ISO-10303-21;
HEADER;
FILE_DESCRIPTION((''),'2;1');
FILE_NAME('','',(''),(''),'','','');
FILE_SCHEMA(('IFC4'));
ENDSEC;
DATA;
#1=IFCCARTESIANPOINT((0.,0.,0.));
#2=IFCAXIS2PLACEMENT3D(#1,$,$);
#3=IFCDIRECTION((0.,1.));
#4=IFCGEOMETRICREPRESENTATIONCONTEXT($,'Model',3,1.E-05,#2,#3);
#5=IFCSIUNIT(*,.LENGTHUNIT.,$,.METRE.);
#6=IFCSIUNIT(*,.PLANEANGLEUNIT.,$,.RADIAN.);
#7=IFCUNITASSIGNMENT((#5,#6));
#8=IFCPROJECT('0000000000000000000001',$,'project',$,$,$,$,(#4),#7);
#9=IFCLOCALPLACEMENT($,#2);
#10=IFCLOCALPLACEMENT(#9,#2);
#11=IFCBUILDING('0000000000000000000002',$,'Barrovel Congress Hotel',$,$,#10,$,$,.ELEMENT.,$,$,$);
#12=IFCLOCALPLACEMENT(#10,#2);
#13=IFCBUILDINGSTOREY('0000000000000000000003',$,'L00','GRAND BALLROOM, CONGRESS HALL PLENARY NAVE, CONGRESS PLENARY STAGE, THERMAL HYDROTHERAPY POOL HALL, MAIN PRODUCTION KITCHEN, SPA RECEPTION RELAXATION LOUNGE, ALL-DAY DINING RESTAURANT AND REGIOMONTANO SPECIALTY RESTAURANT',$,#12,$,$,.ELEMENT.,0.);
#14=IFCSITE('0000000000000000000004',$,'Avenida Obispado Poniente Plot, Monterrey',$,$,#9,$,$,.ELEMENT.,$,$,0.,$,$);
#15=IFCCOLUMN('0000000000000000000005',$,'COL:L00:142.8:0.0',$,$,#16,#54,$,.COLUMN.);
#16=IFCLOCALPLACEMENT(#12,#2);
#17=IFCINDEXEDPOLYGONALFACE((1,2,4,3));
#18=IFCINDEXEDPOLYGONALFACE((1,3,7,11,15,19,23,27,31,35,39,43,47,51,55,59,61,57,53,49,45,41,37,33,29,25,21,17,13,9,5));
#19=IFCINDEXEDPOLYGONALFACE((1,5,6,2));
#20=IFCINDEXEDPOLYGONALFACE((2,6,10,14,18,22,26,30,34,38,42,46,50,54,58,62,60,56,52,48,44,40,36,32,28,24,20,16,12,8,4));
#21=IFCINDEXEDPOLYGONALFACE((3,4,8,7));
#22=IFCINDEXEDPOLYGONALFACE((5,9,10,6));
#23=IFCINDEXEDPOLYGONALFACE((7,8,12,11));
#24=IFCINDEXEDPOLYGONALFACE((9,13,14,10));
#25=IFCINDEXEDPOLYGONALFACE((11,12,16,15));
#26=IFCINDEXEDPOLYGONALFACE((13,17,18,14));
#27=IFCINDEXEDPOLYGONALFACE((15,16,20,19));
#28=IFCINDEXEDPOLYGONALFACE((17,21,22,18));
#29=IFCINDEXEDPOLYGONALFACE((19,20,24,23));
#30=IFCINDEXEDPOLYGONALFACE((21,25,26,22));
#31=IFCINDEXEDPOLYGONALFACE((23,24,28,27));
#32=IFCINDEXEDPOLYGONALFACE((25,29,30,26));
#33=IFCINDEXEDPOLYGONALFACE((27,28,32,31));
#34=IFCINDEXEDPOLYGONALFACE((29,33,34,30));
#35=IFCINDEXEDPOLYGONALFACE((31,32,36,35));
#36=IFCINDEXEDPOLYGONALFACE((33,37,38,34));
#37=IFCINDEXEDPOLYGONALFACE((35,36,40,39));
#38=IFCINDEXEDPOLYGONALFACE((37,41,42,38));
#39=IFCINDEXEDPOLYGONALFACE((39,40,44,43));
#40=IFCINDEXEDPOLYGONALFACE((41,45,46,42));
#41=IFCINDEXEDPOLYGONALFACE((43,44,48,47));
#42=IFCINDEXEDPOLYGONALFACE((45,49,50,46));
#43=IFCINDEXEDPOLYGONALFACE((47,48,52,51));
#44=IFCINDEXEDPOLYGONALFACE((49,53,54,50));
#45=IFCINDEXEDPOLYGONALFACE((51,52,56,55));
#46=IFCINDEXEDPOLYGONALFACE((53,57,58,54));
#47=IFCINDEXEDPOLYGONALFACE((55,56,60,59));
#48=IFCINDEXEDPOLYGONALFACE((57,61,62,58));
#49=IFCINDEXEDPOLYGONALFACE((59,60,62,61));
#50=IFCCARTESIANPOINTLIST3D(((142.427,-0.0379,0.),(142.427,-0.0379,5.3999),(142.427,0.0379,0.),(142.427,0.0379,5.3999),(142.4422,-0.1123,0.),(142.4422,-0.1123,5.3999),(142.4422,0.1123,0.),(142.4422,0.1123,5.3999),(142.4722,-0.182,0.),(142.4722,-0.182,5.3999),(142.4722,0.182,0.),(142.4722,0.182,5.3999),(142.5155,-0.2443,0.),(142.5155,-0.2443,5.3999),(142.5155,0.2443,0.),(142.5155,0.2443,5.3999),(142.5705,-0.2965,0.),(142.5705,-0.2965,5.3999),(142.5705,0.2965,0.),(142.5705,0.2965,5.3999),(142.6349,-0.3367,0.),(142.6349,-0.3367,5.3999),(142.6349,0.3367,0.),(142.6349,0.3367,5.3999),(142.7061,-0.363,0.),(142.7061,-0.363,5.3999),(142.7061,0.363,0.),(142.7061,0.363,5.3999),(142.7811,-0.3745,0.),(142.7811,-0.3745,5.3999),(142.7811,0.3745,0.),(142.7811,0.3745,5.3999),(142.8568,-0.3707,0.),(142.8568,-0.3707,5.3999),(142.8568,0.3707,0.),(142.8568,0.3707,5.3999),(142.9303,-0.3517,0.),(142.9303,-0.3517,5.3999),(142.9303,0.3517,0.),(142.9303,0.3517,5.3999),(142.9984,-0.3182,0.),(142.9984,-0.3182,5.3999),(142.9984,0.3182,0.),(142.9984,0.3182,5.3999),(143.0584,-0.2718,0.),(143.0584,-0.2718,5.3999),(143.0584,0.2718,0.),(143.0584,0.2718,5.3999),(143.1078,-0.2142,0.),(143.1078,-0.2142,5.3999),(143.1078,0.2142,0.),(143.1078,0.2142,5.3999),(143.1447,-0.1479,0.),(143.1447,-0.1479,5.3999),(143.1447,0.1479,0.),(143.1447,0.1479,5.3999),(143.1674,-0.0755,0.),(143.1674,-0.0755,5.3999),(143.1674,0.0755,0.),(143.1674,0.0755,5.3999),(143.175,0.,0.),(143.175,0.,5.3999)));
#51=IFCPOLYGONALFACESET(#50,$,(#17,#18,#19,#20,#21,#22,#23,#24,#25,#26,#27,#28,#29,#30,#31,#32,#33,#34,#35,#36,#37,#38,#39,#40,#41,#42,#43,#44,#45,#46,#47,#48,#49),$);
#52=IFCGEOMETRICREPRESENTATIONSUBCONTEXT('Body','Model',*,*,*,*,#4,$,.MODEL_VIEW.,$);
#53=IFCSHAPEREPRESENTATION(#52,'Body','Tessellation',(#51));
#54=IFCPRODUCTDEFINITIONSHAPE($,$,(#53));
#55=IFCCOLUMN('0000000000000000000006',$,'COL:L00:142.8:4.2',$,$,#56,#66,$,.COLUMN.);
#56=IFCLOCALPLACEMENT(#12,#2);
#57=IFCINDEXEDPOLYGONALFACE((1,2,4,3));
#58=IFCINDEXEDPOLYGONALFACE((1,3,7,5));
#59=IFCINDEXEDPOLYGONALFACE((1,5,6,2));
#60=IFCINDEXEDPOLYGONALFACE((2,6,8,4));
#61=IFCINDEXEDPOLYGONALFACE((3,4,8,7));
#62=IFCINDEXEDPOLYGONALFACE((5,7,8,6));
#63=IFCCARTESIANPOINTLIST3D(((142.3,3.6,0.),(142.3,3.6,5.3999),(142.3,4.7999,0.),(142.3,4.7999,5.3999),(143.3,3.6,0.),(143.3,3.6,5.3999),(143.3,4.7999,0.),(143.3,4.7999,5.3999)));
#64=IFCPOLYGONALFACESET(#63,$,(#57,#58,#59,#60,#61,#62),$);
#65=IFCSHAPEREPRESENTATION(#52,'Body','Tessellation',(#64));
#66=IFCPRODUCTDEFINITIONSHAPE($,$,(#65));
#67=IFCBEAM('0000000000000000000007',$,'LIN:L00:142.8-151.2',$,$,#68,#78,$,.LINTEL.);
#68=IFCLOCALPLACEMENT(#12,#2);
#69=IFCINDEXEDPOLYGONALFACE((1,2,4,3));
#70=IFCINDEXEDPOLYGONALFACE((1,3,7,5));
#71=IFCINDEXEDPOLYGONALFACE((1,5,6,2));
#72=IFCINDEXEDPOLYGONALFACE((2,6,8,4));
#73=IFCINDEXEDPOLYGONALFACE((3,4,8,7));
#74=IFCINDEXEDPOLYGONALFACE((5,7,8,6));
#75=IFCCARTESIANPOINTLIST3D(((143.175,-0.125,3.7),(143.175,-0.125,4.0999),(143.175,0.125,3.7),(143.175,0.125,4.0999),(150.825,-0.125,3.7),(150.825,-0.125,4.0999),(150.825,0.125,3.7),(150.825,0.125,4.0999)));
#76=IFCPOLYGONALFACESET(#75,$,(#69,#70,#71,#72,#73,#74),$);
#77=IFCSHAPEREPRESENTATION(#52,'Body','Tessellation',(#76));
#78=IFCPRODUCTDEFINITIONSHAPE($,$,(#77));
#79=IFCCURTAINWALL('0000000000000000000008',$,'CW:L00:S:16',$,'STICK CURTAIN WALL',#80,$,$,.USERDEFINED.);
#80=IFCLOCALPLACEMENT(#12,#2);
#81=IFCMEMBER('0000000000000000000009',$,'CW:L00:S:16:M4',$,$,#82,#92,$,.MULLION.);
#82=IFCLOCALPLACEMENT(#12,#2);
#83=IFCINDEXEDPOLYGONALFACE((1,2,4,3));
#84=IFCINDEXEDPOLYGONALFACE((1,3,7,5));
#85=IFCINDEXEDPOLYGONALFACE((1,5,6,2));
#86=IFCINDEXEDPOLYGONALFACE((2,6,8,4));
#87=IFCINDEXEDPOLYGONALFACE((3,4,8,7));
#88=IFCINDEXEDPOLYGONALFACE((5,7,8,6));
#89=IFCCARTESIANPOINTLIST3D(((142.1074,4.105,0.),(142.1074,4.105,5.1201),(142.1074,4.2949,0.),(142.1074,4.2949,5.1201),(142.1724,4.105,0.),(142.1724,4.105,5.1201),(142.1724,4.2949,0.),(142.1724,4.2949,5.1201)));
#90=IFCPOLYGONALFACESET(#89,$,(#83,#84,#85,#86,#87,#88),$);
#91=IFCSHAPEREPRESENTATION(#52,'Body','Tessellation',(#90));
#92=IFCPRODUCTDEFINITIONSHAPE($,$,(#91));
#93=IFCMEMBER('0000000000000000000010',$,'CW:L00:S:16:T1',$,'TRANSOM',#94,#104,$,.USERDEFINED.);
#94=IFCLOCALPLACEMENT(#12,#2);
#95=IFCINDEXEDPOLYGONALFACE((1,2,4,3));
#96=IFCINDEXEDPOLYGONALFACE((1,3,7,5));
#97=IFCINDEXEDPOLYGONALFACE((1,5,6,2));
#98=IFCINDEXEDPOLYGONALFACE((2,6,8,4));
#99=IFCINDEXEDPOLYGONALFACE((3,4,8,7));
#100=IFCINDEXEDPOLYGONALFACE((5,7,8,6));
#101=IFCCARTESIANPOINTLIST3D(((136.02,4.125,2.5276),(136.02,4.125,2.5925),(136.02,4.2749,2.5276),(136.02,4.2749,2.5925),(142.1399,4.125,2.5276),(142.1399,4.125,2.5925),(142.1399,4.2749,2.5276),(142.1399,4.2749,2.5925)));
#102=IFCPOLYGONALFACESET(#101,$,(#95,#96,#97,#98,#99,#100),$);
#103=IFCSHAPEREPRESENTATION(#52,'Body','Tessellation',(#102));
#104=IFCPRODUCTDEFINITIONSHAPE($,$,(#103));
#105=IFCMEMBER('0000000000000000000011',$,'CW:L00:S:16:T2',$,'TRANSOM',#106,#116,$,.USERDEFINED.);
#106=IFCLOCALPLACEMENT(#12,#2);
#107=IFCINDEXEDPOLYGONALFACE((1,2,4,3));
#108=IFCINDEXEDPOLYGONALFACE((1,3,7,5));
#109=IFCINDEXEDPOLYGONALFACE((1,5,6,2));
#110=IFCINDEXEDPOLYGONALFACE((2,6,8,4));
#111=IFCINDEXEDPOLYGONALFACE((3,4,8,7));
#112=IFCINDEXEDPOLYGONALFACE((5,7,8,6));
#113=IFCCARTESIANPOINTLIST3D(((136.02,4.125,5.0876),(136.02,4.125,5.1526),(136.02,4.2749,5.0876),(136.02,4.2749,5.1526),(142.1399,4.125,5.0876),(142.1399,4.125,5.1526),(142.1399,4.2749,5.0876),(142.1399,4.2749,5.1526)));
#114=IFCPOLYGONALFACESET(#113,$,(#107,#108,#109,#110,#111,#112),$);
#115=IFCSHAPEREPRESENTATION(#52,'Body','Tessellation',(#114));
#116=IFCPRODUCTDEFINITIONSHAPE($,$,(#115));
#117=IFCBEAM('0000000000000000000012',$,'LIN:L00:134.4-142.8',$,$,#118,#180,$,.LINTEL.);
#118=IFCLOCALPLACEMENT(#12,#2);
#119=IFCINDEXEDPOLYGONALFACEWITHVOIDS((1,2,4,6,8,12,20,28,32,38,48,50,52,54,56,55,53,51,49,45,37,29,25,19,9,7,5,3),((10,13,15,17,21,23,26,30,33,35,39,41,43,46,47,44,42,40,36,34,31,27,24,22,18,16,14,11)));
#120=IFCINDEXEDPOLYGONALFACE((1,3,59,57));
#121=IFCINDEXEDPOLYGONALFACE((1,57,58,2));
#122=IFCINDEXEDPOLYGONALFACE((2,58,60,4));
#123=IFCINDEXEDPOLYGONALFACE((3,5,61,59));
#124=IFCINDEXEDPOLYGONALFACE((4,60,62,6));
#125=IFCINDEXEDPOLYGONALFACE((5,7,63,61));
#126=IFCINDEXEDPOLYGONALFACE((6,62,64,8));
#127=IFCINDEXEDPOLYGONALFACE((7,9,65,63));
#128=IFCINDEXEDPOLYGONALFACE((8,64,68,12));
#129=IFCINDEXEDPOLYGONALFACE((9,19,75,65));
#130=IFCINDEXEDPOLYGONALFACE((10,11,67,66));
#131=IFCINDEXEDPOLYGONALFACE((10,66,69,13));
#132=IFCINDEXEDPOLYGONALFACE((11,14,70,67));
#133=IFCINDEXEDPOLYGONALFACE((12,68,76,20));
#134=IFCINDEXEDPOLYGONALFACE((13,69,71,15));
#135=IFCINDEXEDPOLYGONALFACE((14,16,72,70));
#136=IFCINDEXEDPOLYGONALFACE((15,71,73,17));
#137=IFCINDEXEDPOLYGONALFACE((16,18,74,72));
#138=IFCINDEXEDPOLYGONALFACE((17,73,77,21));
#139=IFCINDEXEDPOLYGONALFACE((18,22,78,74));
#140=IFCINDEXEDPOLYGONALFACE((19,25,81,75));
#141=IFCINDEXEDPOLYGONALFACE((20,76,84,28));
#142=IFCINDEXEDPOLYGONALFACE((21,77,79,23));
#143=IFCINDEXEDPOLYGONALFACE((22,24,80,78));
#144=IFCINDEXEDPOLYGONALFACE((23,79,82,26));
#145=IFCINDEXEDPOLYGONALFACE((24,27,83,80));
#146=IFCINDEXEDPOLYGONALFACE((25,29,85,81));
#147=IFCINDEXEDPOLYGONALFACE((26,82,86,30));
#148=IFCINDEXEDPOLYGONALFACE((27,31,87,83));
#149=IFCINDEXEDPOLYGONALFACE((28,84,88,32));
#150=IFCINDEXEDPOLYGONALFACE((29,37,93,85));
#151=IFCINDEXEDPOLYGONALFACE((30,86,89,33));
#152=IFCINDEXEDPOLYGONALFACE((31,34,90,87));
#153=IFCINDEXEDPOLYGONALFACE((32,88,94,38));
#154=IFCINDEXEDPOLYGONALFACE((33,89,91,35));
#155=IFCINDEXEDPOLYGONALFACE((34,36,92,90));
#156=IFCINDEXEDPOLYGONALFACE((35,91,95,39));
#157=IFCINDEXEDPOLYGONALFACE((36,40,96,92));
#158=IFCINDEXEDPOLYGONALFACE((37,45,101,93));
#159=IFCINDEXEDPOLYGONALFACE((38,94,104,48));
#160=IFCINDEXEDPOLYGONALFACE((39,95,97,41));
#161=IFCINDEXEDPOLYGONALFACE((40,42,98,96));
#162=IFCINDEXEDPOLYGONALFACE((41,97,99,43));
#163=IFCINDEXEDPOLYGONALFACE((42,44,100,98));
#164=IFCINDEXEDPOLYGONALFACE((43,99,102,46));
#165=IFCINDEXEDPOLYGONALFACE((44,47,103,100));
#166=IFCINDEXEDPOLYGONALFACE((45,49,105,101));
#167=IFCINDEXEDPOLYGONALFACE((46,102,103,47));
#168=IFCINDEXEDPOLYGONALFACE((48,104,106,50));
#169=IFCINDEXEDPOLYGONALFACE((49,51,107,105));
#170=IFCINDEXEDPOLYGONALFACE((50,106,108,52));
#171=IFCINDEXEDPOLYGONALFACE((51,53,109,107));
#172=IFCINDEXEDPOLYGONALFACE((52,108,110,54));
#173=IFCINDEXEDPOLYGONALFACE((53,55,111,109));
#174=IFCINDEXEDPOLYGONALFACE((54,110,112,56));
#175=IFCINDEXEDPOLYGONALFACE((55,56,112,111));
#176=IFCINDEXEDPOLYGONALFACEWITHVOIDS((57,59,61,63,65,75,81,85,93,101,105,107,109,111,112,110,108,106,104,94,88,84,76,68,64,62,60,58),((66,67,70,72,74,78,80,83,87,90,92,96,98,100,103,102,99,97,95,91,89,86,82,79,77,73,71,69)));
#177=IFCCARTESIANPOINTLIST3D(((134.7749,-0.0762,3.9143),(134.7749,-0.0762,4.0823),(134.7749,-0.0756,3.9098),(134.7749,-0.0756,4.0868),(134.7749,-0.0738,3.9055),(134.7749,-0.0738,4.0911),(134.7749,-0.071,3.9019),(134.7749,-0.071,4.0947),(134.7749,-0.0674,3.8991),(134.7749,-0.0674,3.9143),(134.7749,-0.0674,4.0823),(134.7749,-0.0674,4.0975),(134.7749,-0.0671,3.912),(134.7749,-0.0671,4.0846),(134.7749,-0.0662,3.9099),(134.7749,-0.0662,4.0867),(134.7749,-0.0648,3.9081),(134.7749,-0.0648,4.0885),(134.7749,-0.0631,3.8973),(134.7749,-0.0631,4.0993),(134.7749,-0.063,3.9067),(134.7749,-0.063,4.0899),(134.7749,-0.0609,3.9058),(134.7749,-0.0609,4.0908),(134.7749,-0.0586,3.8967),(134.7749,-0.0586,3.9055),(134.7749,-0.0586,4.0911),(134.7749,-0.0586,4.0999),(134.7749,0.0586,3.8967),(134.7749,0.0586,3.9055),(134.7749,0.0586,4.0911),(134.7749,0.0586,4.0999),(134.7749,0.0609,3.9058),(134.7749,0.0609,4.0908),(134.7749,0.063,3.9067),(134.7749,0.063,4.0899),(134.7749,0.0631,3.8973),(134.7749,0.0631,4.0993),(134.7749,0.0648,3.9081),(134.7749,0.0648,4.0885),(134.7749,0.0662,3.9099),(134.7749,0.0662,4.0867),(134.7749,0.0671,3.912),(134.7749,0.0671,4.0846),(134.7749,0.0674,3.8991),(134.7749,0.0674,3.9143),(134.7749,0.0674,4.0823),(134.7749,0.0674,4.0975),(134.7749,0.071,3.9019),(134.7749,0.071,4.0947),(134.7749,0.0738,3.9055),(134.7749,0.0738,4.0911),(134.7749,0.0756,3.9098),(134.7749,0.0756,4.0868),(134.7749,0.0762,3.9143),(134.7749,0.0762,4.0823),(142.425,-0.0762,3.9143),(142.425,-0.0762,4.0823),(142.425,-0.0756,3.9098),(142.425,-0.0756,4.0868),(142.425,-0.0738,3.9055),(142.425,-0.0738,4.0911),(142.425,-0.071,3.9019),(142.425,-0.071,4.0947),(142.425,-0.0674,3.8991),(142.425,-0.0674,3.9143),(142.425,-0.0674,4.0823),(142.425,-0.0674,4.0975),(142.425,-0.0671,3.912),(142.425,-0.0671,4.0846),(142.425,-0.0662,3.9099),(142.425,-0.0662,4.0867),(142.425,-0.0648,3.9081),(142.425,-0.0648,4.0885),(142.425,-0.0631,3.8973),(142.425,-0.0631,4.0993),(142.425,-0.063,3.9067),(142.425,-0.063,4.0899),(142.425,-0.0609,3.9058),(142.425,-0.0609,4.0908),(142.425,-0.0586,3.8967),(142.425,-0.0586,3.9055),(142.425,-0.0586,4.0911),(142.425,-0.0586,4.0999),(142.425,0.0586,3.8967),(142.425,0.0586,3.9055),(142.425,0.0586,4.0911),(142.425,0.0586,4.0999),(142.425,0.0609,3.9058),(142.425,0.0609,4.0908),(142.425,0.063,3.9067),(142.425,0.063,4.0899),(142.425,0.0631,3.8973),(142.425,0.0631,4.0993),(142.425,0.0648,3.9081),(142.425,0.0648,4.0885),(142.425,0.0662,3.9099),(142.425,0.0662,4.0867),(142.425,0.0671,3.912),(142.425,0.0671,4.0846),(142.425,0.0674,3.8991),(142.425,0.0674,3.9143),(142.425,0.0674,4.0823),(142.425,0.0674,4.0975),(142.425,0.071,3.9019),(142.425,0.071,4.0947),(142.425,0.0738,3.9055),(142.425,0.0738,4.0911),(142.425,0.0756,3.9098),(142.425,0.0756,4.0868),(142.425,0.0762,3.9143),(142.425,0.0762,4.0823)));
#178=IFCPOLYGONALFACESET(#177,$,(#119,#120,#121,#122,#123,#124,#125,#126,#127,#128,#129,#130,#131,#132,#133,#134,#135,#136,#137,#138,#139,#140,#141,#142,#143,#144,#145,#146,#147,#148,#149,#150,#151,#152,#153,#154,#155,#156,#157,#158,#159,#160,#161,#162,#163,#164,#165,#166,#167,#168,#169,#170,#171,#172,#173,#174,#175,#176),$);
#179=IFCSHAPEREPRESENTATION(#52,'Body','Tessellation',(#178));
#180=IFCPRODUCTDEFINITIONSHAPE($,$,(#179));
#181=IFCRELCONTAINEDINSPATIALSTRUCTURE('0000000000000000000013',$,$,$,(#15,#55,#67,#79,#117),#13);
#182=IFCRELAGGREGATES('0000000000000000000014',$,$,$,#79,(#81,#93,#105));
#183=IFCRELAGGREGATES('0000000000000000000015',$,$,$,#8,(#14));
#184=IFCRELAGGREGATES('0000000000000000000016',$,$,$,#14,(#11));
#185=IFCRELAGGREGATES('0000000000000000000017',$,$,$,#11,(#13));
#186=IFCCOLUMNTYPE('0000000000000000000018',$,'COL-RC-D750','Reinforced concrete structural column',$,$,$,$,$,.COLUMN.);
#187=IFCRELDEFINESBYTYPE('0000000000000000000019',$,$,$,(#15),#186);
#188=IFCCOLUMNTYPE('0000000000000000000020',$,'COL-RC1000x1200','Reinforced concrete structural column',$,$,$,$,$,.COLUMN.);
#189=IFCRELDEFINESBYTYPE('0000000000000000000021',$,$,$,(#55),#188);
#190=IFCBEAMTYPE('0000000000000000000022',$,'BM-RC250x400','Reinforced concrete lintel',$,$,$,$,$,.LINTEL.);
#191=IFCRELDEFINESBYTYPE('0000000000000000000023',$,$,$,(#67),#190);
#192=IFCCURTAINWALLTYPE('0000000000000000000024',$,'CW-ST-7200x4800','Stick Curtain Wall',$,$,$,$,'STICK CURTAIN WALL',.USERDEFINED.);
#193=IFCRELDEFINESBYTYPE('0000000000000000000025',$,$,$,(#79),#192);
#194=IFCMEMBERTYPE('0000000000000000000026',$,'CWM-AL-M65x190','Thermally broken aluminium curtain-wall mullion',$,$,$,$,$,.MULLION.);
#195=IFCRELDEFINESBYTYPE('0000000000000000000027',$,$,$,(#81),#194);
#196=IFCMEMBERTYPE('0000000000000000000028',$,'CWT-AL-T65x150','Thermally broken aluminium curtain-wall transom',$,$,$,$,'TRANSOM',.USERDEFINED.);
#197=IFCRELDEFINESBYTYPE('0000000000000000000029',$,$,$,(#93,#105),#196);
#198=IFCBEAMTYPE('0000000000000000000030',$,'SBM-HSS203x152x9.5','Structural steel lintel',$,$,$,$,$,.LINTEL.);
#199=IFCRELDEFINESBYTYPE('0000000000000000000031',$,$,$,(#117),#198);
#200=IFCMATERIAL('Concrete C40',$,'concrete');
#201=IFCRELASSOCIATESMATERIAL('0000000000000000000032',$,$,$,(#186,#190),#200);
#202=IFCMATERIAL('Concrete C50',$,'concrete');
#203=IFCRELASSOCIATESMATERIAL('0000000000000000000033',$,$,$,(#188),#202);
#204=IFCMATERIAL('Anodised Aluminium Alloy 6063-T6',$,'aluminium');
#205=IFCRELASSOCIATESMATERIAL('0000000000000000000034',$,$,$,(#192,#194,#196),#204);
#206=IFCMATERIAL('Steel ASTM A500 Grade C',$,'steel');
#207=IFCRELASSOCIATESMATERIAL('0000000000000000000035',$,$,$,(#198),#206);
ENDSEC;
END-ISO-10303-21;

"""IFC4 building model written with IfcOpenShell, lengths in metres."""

from ifc_helpers import new_model, si_unit, direction, frame, origin, origin_2d, place, context, subcontext, project, spatial, rectangle, hollow_rectangle, circle, extrude, material, material_profile, profile_set, type_object, element, aggregate, save


model = new_model("IFC4")

# Units and contexts
model_context = context("Model", 3, precision=1e-05, world=origin(), true_north=direction((0.0, 1.0)))
body_context = subcontext(model_context, "Body", "Model", "MODEL_VIEW")
ifc_project = project(units=[si_unit("LENGTHUNIT", "METRE"), si_unit("PLANEANGLEUNIT", "RADIAN")], contexts=[model_context])

# Site, building, storey
site_placement = place(None, origin())
site = spatial("IfcSite", under=ifc_project, at=site_placement, Name="Avenida Obispado Poniente Plot, Monterrey", CompositionType="ELEMENT", RefElevation=0.0)
building_placement = place(site_placement, origin())
building = spatial("IfcBuilding", under=site, at=building_placement, Name="Barrovel Congress Hotel", CompositionType="ELEMENT")
storey_placement = place(building_placement, origin())
storey = spatial("IfcBuildingStorey", under=building, at=storey_placement, Name="L00", Description="GRAND BALLROOM, CONGRESS HALL PLENARY NAVE, CONGRESS PLENARY STAGE, THERMAL HYDROTHERAPY POOL HALL, MAIN PRODUCTION KITCHEN, SPA RECEPTION RELAXATION LOUNGE, ALL-DAY DINING RESTAURANT AND REGIOMONTANO SPECIALTY RESTAURANT", CompositionType="ELEMENT", Elevation=0.0)

# Columns
ifc_material_1 = material(Name="Concrete C40", Category="concrete")
ifc_material_profile_1 = material_profile(ifc_material_1, circle(Radius=0.375, at=origin_2d()), Name="RC-D750")
ifc_profile_set_1 = profile_set([ifc_material_profile_1], Name="Concrete C40")
column_type_1 = type_object("IfcColumnType", Name="COL-RC-D750", Description="Reinforced concrete structural column", PredefinedType="COLUMN", material=ifc_profile_set_1)
column_1_placement = place(storey_placement, frame((142.8, 0.0, 0.0), z_axis=(0.0, 0.0, 1.0), x_axis=(1.0, 0.0, 0.0)))
element("IfcColumn", 1, at=column_1_placement, inside=storey, type_object=column_type_1, Name="COL:L00:142.8:0.0", PredefinedType="COLUMN", context=body_context, shape_type="SweptSolid", body=[
    extrude(circle(Radius=0.375, at=origin_2d()), origin(), (0.0, 0.0, 1.0), 5.3999),
])
ifc_material_2 = material(Name="Concrete C50", Category="concrete")
ifc_material_profile_2 = material_profile(ifc_material_2, rectangle(XDim=1.0, YDim=1.2, at=origin_2d()), Name="RC1000x1200")
ifc_profile_set_2 = profile_set([ifc_material_profile_2], Name="Concrete C50")
column_type_2 = type_object("IfcColumnType", Name="COL-RC1000x1200", Description="Reinforced concrete structural column", PredefinedType="COLUMN", material=ifc_profile_set_2)
column_2_placement = place(storey_placement, frame((142.8, 4.2, 0.0), z_axis=(0.0, 0.0, 1.0), x_axis=(1.0, 0.0, 0.0)))
element("IfcColumn", 2, at=column_2_placement, inside=storey, type_object=column_type_2, Name="COL:L00:142.8:4.2", PredefinedType="COLUMN", context=body_context, shape_type="SweptSolid", body=[
    extrude(rectangle(XDim=1.0, YDim=1.2, at=origin_2d()), origin(), (0.0, 0.0, 1.0), 5.3999),
])

# Beam
ifc_material_profile_3 = material_profile(ifc_material_1, rectangle(XDim=0.25, YDim=0.3999, at=origin_2d()), Name="RC250x400")
ifc_profile_set_3 = profile_set([ifc_material_profile_3], Name="Concrete C40")
beam_type_1 = type_object("IfcBeamType", Name="BM-RC250x400", Description="Reinforced concrete lintel", PredefinedType="LINTEL", material=ifc_profile_set_3)
beam_1_placement = place(storey_placement, frame((143.175, 0.0, 3.8999), z_axis=(1.0, 0.0, 0.0), x_axis=(0.0, 1.0, 0.0)))
element("IfcBeam", 3, at=beam_1_placement, inside=storey, type_object=beam_type_1, Name="LIN:L00:142.8-151.2", PredefinedType="LINTEL", context=body_context, shape_type="SweptSolid", body=[
    extrude(rectangle(XDim=0.25, YDim=0.3999, at=origin_2d()), origin(), (0.0, 0.0, 1.0), 7.6499),
])

# Curtain wall, members
ifc_material_3 = material(Name="Anodised Aluminium Alloy 6063-T6", Category="aluminium")
curtain_wall_type = type_object("IfcCurtainWallType", Name="CW-ST-7200x4800", Description="Stick Curtain Wall", ElementType="STICK CURTAIN WALL", PredefinedType="USERDEFINED", material=ifc_material_3)
curtain_wall_placement = place(storey_placement, origin())
curtain_wall = element("IfcCurtainWall", 4, at=curtain_wall_placement, inside=storey, type_object=curtain_wall_type, Name="CW:L00:S:16", ObjectType="STICK CURTAIN WALL", PredefinedType="USERDEFINED")
ifc_material_profile_4 = material_profile(ifc_material_3, rectangle(XDim=0.0649, YDim=0.1899, at=origin_2d()), Name="AL-M65x190")
ifc_profile_set_4 = profile_set([ifc_material_profile_4], Name="Anodised Aluminium Alloy 6063-T6")
member_type_1 = type_object("IfcMemberType", Name="CWM-AL-M65x190", Description="Thermally broken aluminium curtain-wall mullion", PredefinedType="MULLION", material=ifc_profile_set_4)
member_1_placement = place(storey_placement, frame((142.1399, 4.2, 0.0), z_axis=(0.0, 0.0, 1.0), x_axis=(1.0, 0.0, 0.0)))
member_1 = element("IfcMember", 5, at=member_1_placement, type_object=member_type_1, Name="CW:L00:S:16:M4", PredefinedType="MULLION", context=body_context, shape_type="SweptSolid", body=[
    extrude(rectangle(XDim=0.0649, YDim=0.1899, at=origin_2d()), origin(), (0.0, 0.0, 1.0), 5.1201),
])
ifc_material_profile_5 = material_profile(ifc_material_3, rectangle(XDim=0.1499, YDim=0.0649, at=origin_2d()), Name="AL-T65x150")
ifc_profile_set_5 = profile_set([ifc_material_profile_5], Name="Anodised Aluminium Alloy 6063-T6")
member_type_2 = type_object("IfcMemberType", Name="CWT-AL-T65x150", Description="Thermally broken aluminium curtain-wall transom", ElementType="TRANSOM", PredefinedType="USERDEFINED", material=ifc_profile_set_5)
member_2_placement = place(storey_placement, frame((136.02, 4.2, 2.5601), z_axis=(1.0, 0.0, 0.0), x_axis=(0.0, 1.0, 0.0)))
member_2 = element("IfcMember", 6, at=member_2_placement, type_object=member_type_2, Name="CW:L00:S:16:T1", ObjectType="TRANSOM", PredefinedType="USERDEFINED", context=body_context, shape_type="SweptSolid", body=[
    extrude(rectangle(XDim=0.1499, YDim=0.0649, at=origin_2d()), origin(), (0.0, 0.0, 1.0), 6.1199),
])
member_3_placement = place(storey_placement, frame((136.02, 4.2, 5.1201), z_axis=(1.0, 0.0, 0.0), x_axis=(0.0, 1.0, 0.0)))
member_3 = element("IfcMember", 7, at=member_3_placement, type_object=member_type_2, Name="CW:L00:S:16:T2", ObjectType="TRANSOM", PredefinedType="USERDEFINED", context=body_context, shape_type="SweptSolid", body=[
    extrude(rectangle(XDim=0.1499, YDim=0.0649, at=origin_2d()), origin(), (0.0, 0.0, 1.0), 6.1199),
])

# Beam
ifc_material_4 = material(Name="Steel ASTM A500 Grade C", Category="steel")
ifc_material_profile_6 = material_profile(ifc_material_4, hollow_rectangle(XDim=0.1523, YDim=0.2031, WallThickness=0.0088, InnerFilletRadius=0.0088, OuterFilletRadius=0.0176, at=origin_2d()), Name="HSS203x152x9.5")
ifc_profile_set_6 = profile_set([ifc_material_profile_6], Name="Steel ASTM A500 Grade C")
beam_type_2 = type_object("IfcBeamType", Name="SBM-HSS203x152x9.5", Description="Structural steel lintel", PredefinedType="LINTEL", material=ifc_profile_set_6)
beam_2_placement = place(storey_placement, frame((134.7749, 0.0, 3.9983), z_axis=(1.0, 0.0, 0.0), x_axis=(0.0, 1.0, 0.0)))
element("IfcBeam", 8, at=beam_2_placement, inside=storey, type_object=beam_type_2, Name="LIN:L00:134.4-142.8", PredefinedType="LINTEL", context=body_context, shape_type="SweptSolid", body=[
    extrude(hollow_rectangle(XDim=0.1523, YDim=0.2031, WallThickness=0.0088, InnerFilletRadius=0.0088, OuterFilletRadius=0.0176, at=origin_2d()), origin(), (0.0, 0.0, 1.0), 7.6501),
])

aggregate(curtain_wall, [member_1, member_2, member_3])

save(model, "model.ifc")
